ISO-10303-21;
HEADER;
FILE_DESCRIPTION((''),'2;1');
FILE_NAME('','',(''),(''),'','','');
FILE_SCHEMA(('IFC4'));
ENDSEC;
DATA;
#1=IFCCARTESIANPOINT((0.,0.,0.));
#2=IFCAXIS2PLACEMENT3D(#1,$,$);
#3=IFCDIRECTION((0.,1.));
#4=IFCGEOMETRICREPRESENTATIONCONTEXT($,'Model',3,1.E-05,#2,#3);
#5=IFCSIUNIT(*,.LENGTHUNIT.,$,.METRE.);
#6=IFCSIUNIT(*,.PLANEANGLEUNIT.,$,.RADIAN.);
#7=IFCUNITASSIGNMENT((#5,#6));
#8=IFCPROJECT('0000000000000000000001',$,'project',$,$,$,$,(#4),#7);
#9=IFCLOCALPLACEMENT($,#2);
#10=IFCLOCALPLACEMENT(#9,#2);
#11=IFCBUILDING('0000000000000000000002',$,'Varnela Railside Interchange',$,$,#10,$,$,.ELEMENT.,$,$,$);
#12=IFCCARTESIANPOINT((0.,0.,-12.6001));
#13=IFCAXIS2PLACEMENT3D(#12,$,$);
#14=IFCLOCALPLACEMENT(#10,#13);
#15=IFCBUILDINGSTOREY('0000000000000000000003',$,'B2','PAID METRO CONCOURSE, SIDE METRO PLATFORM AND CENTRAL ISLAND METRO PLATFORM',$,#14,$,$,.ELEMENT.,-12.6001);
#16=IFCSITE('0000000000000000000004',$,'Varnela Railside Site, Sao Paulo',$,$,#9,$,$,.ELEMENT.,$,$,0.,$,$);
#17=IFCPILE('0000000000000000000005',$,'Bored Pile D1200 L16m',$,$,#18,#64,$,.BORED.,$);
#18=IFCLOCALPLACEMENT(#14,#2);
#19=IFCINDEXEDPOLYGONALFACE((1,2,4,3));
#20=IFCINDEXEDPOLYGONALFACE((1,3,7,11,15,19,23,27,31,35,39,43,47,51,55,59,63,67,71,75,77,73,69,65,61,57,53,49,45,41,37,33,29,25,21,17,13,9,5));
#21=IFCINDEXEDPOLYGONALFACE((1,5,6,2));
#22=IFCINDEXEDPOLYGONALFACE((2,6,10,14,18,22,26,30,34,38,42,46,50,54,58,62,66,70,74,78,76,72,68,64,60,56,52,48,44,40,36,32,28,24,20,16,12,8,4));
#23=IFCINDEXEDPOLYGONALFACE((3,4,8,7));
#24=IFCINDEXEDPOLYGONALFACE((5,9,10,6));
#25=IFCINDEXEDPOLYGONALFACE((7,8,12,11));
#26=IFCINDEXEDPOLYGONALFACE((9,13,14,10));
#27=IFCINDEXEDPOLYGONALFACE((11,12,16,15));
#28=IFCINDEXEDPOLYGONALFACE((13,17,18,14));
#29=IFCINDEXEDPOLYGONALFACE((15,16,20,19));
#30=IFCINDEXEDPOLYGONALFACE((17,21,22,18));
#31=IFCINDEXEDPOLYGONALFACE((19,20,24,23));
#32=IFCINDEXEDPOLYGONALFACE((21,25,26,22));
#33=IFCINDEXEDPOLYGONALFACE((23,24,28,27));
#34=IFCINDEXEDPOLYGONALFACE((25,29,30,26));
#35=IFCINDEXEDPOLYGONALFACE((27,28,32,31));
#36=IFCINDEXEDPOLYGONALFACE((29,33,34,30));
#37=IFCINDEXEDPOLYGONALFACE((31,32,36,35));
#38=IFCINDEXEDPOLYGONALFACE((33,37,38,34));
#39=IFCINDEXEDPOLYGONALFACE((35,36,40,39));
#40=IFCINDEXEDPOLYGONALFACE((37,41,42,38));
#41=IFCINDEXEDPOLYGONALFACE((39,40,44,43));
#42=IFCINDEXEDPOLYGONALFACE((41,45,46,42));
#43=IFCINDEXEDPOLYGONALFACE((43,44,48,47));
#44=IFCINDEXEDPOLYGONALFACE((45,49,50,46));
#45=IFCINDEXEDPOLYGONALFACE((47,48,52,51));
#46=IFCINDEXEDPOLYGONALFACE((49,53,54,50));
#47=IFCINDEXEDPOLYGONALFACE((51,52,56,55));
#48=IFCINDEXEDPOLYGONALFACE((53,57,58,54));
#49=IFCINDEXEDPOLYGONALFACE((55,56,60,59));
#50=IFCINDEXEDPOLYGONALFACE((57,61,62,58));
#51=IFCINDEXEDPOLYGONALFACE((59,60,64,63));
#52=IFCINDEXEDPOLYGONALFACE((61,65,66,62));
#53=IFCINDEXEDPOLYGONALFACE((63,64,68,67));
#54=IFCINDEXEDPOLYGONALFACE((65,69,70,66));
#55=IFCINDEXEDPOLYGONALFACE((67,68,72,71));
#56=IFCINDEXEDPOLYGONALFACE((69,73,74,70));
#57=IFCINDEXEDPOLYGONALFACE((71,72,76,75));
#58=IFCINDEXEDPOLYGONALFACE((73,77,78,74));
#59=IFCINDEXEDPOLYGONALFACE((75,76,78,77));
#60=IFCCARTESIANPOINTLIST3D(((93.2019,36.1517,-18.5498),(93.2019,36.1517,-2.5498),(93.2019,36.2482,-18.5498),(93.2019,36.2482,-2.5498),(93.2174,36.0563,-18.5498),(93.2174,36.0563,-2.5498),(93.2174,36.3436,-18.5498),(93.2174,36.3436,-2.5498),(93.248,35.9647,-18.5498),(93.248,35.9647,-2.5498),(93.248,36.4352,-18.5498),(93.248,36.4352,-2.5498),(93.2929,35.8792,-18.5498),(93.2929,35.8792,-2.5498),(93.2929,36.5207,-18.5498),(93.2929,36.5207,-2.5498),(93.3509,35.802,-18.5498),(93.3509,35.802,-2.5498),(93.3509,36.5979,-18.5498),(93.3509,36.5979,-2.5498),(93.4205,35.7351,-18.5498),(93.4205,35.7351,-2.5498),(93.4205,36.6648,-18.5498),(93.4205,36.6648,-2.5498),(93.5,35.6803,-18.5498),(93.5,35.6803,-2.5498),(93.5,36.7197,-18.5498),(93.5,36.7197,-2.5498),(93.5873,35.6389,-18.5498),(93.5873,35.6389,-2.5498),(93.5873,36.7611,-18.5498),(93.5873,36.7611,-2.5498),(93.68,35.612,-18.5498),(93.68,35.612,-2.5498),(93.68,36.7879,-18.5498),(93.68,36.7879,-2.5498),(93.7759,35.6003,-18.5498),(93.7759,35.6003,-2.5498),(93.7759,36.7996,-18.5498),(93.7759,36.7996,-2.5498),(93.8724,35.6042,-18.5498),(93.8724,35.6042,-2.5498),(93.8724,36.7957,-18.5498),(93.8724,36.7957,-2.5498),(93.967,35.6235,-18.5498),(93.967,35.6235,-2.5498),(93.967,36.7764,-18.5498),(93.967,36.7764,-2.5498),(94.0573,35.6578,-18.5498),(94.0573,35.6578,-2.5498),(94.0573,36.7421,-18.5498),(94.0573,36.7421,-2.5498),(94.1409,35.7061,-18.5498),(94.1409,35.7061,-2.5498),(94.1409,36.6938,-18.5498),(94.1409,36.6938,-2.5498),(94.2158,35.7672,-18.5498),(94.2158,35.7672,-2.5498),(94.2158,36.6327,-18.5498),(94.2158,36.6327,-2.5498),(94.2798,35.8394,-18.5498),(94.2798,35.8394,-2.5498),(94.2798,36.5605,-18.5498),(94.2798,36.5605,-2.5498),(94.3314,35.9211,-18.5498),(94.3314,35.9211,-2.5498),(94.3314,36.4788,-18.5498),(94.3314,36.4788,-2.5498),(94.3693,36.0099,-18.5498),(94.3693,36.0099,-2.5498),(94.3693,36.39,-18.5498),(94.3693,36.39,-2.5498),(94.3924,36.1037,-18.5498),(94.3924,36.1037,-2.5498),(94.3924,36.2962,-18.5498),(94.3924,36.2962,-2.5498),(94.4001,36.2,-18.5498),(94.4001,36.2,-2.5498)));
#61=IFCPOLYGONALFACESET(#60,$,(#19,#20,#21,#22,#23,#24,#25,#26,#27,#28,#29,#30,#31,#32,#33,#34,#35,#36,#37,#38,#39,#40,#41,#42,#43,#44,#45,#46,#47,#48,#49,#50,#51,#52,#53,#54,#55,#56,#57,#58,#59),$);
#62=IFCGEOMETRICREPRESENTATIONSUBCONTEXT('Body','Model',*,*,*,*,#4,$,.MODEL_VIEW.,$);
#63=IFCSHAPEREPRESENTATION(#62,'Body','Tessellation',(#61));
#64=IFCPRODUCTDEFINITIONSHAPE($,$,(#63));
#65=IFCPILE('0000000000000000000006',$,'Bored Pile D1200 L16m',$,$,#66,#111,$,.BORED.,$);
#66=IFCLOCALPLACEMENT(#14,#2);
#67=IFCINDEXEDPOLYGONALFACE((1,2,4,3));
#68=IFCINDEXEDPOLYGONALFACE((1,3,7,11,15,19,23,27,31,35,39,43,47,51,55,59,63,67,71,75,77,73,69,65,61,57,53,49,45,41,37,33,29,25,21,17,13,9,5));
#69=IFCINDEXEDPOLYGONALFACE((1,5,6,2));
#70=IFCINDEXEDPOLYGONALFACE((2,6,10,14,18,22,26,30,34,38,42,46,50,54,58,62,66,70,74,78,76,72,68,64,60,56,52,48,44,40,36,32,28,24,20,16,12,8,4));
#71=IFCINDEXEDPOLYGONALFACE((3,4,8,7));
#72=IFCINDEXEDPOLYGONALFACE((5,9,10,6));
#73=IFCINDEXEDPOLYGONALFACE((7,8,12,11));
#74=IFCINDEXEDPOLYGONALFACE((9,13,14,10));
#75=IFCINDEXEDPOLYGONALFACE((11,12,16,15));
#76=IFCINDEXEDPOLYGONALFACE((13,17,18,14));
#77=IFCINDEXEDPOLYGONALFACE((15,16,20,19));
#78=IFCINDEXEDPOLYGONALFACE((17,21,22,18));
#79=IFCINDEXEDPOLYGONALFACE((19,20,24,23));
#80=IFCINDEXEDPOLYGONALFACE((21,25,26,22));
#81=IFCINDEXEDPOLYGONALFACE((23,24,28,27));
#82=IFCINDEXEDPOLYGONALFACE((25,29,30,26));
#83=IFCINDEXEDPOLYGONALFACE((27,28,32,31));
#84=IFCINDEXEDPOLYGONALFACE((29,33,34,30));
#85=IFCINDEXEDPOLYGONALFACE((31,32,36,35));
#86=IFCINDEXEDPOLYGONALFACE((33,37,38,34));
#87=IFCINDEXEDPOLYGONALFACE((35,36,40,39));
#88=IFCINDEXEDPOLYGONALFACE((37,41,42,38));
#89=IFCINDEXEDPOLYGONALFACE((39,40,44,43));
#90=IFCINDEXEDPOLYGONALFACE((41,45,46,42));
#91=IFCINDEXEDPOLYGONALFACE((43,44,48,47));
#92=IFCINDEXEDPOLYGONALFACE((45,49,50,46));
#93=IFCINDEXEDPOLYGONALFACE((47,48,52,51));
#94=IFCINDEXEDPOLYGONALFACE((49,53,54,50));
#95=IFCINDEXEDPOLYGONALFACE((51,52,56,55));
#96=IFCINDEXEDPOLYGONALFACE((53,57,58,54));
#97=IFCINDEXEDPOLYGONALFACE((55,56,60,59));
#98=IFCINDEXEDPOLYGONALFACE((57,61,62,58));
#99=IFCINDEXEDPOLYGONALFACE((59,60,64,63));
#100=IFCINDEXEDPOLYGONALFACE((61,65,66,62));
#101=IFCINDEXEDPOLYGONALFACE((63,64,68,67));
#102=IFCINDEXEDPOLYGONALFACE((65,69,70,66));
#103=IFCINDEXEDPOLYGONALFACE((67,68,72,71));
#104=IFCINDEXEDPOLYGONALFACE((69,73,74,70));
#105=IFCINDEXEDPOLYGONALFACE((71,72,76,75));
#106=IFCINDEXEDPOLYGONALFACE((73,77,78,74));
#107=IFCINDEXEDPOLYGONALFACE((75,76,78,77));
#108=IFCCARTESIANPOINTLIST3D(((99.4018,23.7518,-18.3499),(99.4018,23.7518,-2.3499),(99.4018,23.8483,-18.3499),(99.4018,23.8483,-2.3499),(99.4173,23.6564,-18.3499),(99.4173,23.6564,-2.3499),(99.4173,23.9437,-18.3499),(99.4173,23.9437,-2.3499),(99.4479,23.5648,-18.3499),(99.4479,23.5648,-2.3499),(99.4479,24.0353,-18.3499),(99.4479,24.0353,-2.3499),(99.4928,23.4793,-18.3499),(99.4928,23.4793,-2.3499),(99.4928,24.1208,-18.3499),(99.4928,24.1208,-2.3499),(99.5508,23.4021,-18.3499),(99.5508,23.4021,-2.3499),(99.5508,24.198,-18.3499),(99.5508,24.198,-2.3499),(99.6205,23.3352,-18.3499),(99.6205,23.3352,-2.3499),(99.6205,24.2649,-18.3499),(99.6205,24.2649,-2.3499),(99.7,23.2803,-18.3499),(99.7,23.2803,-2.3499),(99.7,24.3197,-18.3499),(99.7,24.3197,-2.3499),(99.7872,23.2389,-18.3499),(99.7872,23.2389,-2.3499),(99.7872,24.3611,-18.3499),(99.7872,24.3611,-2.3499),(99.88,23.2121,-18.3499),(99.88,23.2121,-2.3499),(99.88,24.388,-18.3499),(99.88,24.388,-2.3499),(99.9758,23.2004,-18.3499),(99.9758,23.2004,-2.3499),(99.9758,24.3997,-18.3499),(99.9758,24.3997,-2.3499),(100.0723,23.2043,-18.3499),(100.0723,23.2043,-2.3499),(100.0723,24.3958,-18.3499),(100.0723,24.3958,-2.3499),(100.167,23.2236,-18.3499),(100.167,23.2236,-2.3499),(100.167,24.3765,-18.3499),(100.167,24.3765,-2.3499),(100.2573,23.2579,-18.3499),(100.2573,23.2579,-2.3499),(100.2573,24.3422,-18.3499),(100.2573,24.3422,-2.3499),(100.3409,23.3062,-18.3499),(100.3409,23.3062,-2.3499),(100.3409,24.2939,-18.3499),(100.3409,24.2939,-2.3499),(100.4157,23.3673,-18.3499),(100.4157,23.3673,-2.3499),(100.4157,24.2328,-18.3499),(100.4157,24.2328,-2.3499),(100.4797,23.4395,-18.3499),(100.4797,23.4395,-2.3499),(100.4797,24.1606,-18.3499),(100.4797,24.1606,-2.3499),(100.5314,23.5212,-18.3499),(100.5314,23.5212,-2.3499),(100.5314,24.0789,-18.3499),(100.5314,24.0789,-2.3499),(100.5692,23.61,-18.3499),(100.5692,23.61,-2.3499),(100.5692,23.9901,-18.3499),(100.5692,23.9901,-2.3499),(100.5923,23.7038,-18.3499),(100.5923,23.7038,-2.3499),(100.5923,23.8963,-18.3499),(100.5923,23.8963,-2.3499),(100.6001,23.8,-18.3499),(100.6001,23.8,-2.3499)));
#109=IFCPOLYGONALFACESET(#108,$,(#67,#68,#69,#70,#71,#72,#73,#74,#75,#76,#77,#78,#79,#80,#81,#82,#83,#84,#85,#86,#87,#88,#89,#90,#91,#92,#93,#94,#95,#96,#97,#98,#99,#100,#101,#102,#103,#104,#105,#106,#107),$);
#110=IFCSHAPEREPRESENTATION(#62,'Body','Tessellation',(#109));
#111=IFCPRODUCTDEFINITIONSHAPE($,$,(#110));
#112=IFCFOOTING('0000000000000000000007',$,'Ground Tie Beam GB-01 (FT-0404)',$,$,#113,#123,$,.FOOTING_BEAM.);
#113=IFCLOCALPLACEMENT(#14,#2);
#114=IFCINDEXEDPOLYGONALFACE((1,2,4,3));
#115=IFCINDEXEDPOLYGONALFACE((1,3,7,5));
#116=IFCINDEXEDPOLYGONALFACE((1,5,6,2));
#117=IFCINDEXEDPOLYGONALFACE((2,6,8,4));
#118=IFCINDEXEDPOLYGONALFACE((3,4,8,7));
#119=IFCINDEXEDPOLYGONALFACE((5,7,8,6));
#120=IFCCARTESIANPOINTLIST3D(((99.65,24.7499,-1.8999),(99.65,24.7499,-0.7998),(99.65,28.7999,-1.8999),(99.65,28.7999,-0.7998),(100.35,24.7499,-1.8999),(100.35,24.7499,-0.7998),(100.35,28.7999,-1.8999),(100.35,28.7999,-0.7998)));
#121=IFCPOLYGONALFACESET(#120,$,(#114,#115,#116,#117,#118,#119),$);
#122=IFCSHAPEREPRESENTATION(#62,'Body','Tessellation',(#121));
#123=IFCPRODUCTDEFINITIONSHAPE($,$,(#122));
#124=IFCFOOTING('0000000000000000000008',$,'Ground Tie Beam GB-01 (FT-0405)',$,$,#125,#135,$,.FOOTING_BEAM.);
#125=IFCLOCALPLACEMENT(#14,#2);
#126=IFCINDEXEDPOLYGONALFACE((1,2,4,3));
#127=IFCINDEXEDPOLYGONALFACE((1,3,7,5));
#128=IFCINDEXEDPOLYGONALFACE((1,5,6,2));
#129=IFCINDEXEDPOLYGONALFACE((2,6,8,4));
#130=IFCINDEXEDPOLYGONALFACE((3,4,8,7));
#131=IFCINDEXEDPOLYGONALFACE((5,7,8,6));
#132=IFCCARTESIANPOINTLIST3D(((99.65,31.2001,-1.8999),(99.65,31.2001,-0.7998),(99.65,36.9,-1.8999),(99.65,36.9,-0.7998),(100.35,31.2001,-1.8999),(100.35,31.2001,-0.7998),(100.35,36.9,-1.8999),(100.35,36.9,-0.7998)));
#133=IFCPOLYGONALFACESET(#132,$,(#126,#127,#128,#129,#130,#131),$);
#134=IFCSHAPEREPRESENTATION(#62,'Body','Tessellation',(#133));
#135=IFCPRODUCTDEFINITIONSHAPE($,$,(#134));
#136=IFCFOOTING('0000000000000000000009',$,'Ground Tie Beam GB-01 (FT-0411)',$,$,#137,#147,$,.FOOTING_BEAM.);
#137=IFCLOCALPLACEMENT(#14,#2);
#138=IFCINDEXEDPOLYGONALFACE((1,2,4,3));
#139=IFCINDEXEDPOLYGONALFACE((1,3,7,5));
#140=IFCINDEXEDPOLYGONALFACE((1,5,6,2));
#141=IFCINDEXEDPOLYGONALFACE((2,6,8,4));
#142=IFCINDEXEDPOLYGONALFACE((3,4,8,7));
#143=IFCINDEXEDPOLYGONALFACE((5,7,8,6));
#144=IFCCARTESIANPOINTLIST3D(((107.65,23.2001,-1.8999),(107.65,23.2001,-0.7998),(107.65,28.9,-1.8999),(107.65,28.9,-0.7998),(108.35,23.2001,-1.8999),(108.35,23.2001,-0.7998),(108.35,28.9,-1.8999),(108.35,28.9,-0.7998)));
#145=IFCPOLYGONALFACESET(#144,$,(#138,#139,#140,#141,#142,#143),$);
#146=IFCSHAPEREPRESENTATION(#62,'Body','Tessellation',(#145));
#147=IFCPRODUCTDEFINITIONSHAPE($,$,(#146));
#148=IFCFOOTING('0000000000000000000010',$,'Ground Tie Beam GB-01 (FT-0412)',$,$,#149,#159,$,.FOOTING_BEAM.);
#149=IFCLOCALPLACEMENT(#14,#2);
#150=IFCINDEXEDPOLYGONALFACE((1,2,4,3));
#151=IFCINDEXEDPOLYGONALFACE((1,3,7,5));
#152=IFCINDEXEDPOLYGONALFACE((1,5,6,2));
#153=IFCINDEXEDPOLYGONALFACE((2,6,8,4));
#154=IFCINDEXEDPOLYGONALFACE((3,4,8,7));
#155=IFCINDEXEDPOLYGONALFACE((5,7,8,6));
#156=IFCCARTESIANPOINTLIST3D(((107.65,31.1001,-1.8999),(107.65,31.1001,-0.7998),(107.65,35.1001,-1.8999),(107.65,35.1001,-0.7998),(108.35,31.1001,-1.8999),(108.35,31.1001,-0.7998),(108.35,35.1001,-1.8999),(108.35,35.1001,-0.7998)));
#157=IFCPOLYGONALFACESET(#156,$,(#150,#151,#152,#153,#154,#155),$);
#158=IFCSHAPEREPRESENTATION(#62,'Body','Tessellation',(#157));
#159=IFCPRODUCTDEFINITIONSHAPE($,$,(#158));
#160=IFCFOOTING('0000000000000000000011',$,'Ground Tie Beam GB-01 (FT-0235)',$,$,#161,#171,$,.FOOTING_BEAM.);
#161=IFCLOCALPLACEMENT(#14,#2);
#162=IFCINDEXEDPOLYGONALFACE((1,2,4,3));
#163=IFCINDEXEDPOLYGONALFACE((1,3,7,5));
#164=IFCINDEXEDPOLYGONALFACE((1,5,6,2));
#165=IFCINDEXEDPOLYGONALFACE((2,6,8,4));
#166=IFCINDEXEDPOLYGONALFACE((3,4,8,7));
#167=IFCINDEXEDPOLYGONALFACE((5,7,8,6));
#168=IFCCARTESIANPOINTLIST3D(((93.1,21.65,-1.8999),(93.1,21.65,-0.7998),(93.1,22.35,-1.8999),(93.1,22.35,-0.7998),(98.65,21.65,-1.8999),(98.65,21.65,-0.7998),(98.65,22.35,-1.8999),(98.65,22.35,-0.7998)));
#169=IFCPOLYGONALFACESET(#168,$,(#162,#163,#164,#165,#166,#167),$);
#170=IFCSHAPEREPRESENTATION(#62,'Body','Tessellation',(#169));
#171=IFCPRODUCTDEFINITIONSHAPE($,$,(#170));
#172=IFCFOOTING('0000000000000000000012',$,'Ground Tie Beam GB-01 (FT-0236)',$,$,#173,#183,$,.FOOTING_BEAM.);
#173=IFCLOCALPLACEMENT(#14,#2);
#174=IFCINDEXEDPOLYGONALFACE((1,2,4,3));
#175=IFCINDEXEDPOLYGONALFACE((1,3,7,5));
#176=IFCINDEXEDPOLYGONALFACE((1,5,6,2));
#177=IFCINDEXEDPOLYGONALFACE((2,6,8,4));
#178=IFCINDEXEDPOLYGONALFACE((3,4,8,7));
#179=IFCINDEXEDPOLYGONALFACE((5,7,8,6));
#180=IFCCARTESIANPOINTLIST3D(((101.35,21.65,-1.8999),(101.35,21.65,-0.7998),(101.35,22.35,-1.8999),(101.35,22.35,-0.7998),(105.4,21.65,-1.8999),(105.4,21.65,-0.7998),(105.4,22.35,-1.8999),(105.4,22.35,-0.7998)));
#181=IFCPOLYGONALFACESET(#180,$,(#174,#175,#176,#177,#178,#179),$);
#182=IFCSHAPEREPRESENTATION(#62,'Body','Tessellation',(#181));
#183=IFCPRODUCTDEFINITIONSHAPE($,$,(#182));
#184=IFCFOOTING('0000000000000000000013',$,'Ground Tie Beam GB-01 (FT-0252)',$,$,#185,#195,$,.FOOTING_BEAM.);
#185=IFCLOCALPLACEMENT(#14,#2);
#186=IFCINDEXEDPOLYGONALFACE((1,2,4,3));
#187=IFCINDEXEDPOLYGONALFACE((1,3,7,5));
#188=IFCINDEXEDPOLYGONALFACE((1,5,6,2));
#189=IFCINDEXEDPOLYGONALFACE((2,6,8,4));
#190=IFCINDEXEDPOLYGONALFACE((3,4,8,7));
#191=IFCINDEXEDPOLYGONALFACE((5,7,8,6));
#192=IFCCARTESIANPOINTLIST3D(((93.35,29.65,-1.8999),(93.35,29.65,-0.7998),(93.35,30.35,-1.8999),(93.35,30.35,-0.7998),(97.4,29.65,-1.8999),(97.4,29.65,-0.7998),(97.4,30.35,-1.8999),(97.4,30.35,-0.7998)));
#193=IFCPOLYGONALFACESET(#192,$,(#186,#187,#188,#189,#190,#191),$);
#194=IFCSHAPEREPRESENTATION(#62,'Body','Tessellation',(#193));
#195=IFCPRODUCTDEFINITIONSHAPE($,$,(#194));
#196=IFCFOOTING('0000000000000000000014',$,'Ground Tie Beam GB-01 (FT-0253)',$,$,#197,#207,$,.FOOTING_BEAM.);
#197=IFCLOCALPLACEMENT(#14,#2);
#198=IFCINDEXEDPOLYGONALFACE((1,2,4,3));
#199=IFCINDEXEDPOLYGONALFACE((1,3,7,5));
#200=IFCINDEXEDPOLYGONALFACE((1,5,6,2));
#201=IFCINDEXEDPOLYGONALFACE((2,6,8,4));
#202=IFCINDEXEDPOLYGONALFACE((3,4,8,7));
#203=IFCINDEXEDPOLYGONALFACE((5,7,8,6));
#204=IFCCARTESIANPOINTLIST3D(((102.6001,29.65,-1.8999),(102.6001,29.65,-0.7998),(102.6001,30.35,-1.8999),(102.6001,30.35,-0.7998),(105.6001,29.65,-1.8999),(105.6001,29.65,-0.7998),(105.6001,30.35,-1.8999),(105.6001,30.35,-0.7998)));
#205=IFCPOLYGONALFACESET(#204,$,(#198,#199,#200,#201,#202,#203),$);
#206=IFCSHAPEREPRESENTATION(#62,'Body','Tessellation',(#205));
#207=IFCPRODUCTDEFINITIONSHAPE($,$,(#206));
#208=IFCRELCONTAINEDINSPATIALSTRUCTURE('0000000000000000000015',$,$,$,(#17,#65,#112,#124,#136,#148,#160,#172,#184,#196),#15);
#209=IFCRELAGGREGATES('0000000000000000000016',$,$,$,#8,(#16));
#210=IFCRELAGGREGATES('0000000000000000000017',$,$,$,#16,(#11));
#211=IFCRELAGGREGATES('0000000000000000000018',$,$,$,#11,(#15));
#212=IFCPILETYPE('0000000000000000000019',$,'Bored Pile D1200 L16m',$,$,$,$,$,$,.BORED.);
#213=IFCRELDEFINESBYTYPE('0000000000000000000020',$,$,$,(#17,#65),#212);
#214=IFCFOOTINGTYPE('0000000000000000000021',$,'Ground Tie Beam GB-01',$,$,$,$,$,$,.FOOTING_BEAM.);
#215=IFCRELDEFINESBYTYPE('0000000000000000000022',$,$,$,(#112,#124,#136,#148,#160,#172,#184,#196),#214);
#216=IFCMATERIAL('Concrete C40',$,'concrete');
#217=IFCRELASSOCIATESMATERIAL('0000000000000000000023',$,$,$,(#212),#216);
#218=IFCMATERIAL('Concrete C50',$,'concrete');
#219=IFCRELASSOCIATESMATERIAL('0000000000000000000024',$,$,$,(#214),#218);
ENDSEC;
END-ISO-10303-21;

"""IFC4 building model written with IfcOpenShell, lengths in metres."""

from ifc_helpers import new_model, si_unit, direction, frame, origin, origin_2d, place, context, subcontext, project, spatial, rectangle, circle, extrude, material, material_profile, profile_set, type_object, element, save


model = new_model("IFC4")

# Units and contexts
model_context = context("Model", 3, precision=1e-05, world=origin(), true_north=direction((0.0, 1.0)))
body_context = subcontext(model_context, "Body", "Model", "MODEL_VIEW")
ifc_project = project(units=[si_unit("LENGTHUNIT", "METRE"), si_unit("PLANEANGLEUNIT", "RADIAN")], contexts=[model_context])

# Site, building, storey
site_placement = place(None, origin())
site = spatial("IfcSite", under=ifc_project, at=site_placement, Name="Varnela Railside Site, Sao Paulo", CompositionType="ELEMENT", RefElevation=0.0)
building_placement = place(site_placement, origin())
building = spatial("IfcBuilding", under=site, at=building_placement, Name="Varnela Railside Interchange", CompositionType="ELEMENT")
storey_placement = place(building_placement, frame((0.0, 0.0, -12.6001)))
storey = spatial("IfcBuildingStorey", under=building, at=storey_placement, Name="B2", Description="PAID METRO CONCOURSE, SIDE METRO PLATFORM AND CENTRAL ISLAND METRO PLATFORM", CompositionType="ELEMENT", Elevation=-12.6001)

# Piles
ifc_material_1 = material(Name="Concrete C40", Category="concrete")
ifc_material_profile_1 = material_profile(ifc_material_1, circle(Radius=0.6001, at=origin_2d()), Name="BORED PILE D1200")
ifc_profile_set_1 = profile_set([ifc_material_profile_1], Name="Concrete C40")
pile_type_1 = type_object("IfcPileType", Name="Bored Pile D1200 L16m", PredefinedType="BORED", material=ifc_profile_set_1)
for number, where, z_axis, x_axis, name in (
    (1, (93.8, 36.2, -2.5498), (0.0, 0.0, -1.0), (1.0, 0.0, 0.0), "Bored Pile D1200 L16m"),
    (2, (100.0, 23.8, -2.3499), (0.0, 0.0, -1.0), (1.0, 0.0, 0.0), "Bored Pile D1200 L16m"),
):
    element("IfcPile", number, at=place(storey_placement, frame(where, z_axis=z_axis, x_axis=x_axis)), inside=storey, type_object=pile_type_1, Name=name, PredefinedType="BORED", context=body_context, shape_type="SweptSolid", body=[
        extrude(circle(Radius=0.6001, at=origin_2d()), origin(), (0.0, 0.0, 1.0), 16.0),
    ])

# Footings
ifc_material_2 = material(Name="Concrete C50", Category="concrete")
footing_type_1 = type_object("IfcFootingType", Name="Ground Tie Beam GB-01", PredefinedType="FOOTING_BEAM", material=ifc_material_2)
footing_1_placement = place(storey_placement, frame((100.0, 26.7749, -1.8999), z_axis=(0.0, 0.0, 1.0), x_axis=(1.0, 0.0, 0.0)))
element("IfcFooting", 3, at=footing_1_placement, inside=storey, type_object=footing_type_1, Name="Ground Tie Beam GB-01 (FT-0404)", PredefinedType="FOOTING_BEAM", context=body_context, shape_type="SweptSolid", body=[
    extrude(rectangle(XDim=0.7, YDim=4.05, at=origin_2d()), origin(), (0.0, 0.0, 1.0), 1.1001),
])
for number, where, z_axis, x_axis, name in (
    (4, (100.0, 34.05, -1.8999), (0.0, 0.0, 1.0), (1.0, 0.0, 0.0), "Ground Tie Beam GB-01 (FT-0405)"),
    (5, (108.0, 26.05, -1.8999), (0.0, 0.0, 1.0), (1.0, 0.0, 0.0), "Ground Tie Beam GB-01 (FT-0411)"),
):
    element("IfcFooting", number, at=place(storey_placement, frame(where, z_axis=z_axis, x_axis=x_axis)), inside=storey, type_object=footing_type_1, Name=name, PredefinedType="FOOTING_BEAM", context=body_context, shape_type="SweptSolid", body=[
        extrude(rectangle(XDim=0.7, YDim=5.7, at=origin_2d()), origin(), (0.0, 0.0, 1.0), 1.1001),
    ])
footing_2_placement = place(storey_placement, frame((108.0, 33.1001, -1.8999), z_axis=(0.0, 0.0, 1.0), x_axis=(1.0, 0.0, 0.0)))
element("IfcFooting", 6, at=footing_2_placement, inside=storey, type_object=footing_type_1, Name="Ground Tie Beam GB-01 (FT-0412)", PredefinedType="FOOTING_BEAM", context=body_context, shape_type="SweptSolid", body=[
    extrude(rectangle(XDim=0.7, YDim=4.0, at=origin_2d()), origin(), (0.0, 0.0, 1.0), 1.1001),
])
footing_3_placement = place(storey_placement, frame((95.875, 22.0, -1.8999), z_axis=(0.0, 0.0, 1.0), x_axis=(1.0, 0.0, 0.0)))
element("IfcFooting", 7, at=footing_3_placement, inside=storey, type_object=footing_type_1, Name="Ground Tie Beam GB-01 (FT-0235)", PredefinedType="FOOTING_BEAM", context=body_context, shape_type="SweptSolid", body=[
    extrude(rectangle(XDim=5.55, YDim=0.7, at=origin_2d()), origin(), (0.0, 0.0, 1.0), 1.1001),
])
for number, where, z_axis, x_axis, name in (
    (8, (103.375, 22.0, -1.8999), (0.0, 0.0, 1.0), (1.0, 0.0, 0.0), "Ground Tie Beam GB-01 (FT-0236)"),
    (9, (95.375, 30.0, -1.8999), (0.0, 0.0, 1.0), (1.0, 0.0, 0.0), "Ground Tie Beam GB-01 (FT-0252)"),
):
    element("IfcFooting", number, at=place(storey_placement, frame(where, z_axis=z_axis, x_axis=x_axis)), inside=storey, type_object=footing_type_1, Name=name, PredefinedType="FOOTING_BEAM", context=body_context, shape_type="SweptSolid", body=[
        extrude(rectangle(XDim=4.05, YDim=0.7, at=origin_2d()), origin(), (0.0, 0.0, 1.0), 1.1001),
    ])
footing_4_placement = place(storey_placement, frame((104.1001, 30.0, -1.8999), z_axis=(0.0, 0.0, 1.0), x_axis=(1.0, 0.0, 0.0)))
element("IfcFooting", 10, at=footing_4_placement, inside=storey, type_object=footing_type_1, Name="Ground Tie Beam GB-01 (FT-0253)", PredefinedType="FOOTING_BEAM", context=body_context, shape_type="SweptSolid", body=[
    extrude(rectangle(XDim=3.0, YDim=0.7, at=origin_2d()), origin(), (0.0, 0.0, 1.0), 1.1001),
])

save(model, "model.ifc")
